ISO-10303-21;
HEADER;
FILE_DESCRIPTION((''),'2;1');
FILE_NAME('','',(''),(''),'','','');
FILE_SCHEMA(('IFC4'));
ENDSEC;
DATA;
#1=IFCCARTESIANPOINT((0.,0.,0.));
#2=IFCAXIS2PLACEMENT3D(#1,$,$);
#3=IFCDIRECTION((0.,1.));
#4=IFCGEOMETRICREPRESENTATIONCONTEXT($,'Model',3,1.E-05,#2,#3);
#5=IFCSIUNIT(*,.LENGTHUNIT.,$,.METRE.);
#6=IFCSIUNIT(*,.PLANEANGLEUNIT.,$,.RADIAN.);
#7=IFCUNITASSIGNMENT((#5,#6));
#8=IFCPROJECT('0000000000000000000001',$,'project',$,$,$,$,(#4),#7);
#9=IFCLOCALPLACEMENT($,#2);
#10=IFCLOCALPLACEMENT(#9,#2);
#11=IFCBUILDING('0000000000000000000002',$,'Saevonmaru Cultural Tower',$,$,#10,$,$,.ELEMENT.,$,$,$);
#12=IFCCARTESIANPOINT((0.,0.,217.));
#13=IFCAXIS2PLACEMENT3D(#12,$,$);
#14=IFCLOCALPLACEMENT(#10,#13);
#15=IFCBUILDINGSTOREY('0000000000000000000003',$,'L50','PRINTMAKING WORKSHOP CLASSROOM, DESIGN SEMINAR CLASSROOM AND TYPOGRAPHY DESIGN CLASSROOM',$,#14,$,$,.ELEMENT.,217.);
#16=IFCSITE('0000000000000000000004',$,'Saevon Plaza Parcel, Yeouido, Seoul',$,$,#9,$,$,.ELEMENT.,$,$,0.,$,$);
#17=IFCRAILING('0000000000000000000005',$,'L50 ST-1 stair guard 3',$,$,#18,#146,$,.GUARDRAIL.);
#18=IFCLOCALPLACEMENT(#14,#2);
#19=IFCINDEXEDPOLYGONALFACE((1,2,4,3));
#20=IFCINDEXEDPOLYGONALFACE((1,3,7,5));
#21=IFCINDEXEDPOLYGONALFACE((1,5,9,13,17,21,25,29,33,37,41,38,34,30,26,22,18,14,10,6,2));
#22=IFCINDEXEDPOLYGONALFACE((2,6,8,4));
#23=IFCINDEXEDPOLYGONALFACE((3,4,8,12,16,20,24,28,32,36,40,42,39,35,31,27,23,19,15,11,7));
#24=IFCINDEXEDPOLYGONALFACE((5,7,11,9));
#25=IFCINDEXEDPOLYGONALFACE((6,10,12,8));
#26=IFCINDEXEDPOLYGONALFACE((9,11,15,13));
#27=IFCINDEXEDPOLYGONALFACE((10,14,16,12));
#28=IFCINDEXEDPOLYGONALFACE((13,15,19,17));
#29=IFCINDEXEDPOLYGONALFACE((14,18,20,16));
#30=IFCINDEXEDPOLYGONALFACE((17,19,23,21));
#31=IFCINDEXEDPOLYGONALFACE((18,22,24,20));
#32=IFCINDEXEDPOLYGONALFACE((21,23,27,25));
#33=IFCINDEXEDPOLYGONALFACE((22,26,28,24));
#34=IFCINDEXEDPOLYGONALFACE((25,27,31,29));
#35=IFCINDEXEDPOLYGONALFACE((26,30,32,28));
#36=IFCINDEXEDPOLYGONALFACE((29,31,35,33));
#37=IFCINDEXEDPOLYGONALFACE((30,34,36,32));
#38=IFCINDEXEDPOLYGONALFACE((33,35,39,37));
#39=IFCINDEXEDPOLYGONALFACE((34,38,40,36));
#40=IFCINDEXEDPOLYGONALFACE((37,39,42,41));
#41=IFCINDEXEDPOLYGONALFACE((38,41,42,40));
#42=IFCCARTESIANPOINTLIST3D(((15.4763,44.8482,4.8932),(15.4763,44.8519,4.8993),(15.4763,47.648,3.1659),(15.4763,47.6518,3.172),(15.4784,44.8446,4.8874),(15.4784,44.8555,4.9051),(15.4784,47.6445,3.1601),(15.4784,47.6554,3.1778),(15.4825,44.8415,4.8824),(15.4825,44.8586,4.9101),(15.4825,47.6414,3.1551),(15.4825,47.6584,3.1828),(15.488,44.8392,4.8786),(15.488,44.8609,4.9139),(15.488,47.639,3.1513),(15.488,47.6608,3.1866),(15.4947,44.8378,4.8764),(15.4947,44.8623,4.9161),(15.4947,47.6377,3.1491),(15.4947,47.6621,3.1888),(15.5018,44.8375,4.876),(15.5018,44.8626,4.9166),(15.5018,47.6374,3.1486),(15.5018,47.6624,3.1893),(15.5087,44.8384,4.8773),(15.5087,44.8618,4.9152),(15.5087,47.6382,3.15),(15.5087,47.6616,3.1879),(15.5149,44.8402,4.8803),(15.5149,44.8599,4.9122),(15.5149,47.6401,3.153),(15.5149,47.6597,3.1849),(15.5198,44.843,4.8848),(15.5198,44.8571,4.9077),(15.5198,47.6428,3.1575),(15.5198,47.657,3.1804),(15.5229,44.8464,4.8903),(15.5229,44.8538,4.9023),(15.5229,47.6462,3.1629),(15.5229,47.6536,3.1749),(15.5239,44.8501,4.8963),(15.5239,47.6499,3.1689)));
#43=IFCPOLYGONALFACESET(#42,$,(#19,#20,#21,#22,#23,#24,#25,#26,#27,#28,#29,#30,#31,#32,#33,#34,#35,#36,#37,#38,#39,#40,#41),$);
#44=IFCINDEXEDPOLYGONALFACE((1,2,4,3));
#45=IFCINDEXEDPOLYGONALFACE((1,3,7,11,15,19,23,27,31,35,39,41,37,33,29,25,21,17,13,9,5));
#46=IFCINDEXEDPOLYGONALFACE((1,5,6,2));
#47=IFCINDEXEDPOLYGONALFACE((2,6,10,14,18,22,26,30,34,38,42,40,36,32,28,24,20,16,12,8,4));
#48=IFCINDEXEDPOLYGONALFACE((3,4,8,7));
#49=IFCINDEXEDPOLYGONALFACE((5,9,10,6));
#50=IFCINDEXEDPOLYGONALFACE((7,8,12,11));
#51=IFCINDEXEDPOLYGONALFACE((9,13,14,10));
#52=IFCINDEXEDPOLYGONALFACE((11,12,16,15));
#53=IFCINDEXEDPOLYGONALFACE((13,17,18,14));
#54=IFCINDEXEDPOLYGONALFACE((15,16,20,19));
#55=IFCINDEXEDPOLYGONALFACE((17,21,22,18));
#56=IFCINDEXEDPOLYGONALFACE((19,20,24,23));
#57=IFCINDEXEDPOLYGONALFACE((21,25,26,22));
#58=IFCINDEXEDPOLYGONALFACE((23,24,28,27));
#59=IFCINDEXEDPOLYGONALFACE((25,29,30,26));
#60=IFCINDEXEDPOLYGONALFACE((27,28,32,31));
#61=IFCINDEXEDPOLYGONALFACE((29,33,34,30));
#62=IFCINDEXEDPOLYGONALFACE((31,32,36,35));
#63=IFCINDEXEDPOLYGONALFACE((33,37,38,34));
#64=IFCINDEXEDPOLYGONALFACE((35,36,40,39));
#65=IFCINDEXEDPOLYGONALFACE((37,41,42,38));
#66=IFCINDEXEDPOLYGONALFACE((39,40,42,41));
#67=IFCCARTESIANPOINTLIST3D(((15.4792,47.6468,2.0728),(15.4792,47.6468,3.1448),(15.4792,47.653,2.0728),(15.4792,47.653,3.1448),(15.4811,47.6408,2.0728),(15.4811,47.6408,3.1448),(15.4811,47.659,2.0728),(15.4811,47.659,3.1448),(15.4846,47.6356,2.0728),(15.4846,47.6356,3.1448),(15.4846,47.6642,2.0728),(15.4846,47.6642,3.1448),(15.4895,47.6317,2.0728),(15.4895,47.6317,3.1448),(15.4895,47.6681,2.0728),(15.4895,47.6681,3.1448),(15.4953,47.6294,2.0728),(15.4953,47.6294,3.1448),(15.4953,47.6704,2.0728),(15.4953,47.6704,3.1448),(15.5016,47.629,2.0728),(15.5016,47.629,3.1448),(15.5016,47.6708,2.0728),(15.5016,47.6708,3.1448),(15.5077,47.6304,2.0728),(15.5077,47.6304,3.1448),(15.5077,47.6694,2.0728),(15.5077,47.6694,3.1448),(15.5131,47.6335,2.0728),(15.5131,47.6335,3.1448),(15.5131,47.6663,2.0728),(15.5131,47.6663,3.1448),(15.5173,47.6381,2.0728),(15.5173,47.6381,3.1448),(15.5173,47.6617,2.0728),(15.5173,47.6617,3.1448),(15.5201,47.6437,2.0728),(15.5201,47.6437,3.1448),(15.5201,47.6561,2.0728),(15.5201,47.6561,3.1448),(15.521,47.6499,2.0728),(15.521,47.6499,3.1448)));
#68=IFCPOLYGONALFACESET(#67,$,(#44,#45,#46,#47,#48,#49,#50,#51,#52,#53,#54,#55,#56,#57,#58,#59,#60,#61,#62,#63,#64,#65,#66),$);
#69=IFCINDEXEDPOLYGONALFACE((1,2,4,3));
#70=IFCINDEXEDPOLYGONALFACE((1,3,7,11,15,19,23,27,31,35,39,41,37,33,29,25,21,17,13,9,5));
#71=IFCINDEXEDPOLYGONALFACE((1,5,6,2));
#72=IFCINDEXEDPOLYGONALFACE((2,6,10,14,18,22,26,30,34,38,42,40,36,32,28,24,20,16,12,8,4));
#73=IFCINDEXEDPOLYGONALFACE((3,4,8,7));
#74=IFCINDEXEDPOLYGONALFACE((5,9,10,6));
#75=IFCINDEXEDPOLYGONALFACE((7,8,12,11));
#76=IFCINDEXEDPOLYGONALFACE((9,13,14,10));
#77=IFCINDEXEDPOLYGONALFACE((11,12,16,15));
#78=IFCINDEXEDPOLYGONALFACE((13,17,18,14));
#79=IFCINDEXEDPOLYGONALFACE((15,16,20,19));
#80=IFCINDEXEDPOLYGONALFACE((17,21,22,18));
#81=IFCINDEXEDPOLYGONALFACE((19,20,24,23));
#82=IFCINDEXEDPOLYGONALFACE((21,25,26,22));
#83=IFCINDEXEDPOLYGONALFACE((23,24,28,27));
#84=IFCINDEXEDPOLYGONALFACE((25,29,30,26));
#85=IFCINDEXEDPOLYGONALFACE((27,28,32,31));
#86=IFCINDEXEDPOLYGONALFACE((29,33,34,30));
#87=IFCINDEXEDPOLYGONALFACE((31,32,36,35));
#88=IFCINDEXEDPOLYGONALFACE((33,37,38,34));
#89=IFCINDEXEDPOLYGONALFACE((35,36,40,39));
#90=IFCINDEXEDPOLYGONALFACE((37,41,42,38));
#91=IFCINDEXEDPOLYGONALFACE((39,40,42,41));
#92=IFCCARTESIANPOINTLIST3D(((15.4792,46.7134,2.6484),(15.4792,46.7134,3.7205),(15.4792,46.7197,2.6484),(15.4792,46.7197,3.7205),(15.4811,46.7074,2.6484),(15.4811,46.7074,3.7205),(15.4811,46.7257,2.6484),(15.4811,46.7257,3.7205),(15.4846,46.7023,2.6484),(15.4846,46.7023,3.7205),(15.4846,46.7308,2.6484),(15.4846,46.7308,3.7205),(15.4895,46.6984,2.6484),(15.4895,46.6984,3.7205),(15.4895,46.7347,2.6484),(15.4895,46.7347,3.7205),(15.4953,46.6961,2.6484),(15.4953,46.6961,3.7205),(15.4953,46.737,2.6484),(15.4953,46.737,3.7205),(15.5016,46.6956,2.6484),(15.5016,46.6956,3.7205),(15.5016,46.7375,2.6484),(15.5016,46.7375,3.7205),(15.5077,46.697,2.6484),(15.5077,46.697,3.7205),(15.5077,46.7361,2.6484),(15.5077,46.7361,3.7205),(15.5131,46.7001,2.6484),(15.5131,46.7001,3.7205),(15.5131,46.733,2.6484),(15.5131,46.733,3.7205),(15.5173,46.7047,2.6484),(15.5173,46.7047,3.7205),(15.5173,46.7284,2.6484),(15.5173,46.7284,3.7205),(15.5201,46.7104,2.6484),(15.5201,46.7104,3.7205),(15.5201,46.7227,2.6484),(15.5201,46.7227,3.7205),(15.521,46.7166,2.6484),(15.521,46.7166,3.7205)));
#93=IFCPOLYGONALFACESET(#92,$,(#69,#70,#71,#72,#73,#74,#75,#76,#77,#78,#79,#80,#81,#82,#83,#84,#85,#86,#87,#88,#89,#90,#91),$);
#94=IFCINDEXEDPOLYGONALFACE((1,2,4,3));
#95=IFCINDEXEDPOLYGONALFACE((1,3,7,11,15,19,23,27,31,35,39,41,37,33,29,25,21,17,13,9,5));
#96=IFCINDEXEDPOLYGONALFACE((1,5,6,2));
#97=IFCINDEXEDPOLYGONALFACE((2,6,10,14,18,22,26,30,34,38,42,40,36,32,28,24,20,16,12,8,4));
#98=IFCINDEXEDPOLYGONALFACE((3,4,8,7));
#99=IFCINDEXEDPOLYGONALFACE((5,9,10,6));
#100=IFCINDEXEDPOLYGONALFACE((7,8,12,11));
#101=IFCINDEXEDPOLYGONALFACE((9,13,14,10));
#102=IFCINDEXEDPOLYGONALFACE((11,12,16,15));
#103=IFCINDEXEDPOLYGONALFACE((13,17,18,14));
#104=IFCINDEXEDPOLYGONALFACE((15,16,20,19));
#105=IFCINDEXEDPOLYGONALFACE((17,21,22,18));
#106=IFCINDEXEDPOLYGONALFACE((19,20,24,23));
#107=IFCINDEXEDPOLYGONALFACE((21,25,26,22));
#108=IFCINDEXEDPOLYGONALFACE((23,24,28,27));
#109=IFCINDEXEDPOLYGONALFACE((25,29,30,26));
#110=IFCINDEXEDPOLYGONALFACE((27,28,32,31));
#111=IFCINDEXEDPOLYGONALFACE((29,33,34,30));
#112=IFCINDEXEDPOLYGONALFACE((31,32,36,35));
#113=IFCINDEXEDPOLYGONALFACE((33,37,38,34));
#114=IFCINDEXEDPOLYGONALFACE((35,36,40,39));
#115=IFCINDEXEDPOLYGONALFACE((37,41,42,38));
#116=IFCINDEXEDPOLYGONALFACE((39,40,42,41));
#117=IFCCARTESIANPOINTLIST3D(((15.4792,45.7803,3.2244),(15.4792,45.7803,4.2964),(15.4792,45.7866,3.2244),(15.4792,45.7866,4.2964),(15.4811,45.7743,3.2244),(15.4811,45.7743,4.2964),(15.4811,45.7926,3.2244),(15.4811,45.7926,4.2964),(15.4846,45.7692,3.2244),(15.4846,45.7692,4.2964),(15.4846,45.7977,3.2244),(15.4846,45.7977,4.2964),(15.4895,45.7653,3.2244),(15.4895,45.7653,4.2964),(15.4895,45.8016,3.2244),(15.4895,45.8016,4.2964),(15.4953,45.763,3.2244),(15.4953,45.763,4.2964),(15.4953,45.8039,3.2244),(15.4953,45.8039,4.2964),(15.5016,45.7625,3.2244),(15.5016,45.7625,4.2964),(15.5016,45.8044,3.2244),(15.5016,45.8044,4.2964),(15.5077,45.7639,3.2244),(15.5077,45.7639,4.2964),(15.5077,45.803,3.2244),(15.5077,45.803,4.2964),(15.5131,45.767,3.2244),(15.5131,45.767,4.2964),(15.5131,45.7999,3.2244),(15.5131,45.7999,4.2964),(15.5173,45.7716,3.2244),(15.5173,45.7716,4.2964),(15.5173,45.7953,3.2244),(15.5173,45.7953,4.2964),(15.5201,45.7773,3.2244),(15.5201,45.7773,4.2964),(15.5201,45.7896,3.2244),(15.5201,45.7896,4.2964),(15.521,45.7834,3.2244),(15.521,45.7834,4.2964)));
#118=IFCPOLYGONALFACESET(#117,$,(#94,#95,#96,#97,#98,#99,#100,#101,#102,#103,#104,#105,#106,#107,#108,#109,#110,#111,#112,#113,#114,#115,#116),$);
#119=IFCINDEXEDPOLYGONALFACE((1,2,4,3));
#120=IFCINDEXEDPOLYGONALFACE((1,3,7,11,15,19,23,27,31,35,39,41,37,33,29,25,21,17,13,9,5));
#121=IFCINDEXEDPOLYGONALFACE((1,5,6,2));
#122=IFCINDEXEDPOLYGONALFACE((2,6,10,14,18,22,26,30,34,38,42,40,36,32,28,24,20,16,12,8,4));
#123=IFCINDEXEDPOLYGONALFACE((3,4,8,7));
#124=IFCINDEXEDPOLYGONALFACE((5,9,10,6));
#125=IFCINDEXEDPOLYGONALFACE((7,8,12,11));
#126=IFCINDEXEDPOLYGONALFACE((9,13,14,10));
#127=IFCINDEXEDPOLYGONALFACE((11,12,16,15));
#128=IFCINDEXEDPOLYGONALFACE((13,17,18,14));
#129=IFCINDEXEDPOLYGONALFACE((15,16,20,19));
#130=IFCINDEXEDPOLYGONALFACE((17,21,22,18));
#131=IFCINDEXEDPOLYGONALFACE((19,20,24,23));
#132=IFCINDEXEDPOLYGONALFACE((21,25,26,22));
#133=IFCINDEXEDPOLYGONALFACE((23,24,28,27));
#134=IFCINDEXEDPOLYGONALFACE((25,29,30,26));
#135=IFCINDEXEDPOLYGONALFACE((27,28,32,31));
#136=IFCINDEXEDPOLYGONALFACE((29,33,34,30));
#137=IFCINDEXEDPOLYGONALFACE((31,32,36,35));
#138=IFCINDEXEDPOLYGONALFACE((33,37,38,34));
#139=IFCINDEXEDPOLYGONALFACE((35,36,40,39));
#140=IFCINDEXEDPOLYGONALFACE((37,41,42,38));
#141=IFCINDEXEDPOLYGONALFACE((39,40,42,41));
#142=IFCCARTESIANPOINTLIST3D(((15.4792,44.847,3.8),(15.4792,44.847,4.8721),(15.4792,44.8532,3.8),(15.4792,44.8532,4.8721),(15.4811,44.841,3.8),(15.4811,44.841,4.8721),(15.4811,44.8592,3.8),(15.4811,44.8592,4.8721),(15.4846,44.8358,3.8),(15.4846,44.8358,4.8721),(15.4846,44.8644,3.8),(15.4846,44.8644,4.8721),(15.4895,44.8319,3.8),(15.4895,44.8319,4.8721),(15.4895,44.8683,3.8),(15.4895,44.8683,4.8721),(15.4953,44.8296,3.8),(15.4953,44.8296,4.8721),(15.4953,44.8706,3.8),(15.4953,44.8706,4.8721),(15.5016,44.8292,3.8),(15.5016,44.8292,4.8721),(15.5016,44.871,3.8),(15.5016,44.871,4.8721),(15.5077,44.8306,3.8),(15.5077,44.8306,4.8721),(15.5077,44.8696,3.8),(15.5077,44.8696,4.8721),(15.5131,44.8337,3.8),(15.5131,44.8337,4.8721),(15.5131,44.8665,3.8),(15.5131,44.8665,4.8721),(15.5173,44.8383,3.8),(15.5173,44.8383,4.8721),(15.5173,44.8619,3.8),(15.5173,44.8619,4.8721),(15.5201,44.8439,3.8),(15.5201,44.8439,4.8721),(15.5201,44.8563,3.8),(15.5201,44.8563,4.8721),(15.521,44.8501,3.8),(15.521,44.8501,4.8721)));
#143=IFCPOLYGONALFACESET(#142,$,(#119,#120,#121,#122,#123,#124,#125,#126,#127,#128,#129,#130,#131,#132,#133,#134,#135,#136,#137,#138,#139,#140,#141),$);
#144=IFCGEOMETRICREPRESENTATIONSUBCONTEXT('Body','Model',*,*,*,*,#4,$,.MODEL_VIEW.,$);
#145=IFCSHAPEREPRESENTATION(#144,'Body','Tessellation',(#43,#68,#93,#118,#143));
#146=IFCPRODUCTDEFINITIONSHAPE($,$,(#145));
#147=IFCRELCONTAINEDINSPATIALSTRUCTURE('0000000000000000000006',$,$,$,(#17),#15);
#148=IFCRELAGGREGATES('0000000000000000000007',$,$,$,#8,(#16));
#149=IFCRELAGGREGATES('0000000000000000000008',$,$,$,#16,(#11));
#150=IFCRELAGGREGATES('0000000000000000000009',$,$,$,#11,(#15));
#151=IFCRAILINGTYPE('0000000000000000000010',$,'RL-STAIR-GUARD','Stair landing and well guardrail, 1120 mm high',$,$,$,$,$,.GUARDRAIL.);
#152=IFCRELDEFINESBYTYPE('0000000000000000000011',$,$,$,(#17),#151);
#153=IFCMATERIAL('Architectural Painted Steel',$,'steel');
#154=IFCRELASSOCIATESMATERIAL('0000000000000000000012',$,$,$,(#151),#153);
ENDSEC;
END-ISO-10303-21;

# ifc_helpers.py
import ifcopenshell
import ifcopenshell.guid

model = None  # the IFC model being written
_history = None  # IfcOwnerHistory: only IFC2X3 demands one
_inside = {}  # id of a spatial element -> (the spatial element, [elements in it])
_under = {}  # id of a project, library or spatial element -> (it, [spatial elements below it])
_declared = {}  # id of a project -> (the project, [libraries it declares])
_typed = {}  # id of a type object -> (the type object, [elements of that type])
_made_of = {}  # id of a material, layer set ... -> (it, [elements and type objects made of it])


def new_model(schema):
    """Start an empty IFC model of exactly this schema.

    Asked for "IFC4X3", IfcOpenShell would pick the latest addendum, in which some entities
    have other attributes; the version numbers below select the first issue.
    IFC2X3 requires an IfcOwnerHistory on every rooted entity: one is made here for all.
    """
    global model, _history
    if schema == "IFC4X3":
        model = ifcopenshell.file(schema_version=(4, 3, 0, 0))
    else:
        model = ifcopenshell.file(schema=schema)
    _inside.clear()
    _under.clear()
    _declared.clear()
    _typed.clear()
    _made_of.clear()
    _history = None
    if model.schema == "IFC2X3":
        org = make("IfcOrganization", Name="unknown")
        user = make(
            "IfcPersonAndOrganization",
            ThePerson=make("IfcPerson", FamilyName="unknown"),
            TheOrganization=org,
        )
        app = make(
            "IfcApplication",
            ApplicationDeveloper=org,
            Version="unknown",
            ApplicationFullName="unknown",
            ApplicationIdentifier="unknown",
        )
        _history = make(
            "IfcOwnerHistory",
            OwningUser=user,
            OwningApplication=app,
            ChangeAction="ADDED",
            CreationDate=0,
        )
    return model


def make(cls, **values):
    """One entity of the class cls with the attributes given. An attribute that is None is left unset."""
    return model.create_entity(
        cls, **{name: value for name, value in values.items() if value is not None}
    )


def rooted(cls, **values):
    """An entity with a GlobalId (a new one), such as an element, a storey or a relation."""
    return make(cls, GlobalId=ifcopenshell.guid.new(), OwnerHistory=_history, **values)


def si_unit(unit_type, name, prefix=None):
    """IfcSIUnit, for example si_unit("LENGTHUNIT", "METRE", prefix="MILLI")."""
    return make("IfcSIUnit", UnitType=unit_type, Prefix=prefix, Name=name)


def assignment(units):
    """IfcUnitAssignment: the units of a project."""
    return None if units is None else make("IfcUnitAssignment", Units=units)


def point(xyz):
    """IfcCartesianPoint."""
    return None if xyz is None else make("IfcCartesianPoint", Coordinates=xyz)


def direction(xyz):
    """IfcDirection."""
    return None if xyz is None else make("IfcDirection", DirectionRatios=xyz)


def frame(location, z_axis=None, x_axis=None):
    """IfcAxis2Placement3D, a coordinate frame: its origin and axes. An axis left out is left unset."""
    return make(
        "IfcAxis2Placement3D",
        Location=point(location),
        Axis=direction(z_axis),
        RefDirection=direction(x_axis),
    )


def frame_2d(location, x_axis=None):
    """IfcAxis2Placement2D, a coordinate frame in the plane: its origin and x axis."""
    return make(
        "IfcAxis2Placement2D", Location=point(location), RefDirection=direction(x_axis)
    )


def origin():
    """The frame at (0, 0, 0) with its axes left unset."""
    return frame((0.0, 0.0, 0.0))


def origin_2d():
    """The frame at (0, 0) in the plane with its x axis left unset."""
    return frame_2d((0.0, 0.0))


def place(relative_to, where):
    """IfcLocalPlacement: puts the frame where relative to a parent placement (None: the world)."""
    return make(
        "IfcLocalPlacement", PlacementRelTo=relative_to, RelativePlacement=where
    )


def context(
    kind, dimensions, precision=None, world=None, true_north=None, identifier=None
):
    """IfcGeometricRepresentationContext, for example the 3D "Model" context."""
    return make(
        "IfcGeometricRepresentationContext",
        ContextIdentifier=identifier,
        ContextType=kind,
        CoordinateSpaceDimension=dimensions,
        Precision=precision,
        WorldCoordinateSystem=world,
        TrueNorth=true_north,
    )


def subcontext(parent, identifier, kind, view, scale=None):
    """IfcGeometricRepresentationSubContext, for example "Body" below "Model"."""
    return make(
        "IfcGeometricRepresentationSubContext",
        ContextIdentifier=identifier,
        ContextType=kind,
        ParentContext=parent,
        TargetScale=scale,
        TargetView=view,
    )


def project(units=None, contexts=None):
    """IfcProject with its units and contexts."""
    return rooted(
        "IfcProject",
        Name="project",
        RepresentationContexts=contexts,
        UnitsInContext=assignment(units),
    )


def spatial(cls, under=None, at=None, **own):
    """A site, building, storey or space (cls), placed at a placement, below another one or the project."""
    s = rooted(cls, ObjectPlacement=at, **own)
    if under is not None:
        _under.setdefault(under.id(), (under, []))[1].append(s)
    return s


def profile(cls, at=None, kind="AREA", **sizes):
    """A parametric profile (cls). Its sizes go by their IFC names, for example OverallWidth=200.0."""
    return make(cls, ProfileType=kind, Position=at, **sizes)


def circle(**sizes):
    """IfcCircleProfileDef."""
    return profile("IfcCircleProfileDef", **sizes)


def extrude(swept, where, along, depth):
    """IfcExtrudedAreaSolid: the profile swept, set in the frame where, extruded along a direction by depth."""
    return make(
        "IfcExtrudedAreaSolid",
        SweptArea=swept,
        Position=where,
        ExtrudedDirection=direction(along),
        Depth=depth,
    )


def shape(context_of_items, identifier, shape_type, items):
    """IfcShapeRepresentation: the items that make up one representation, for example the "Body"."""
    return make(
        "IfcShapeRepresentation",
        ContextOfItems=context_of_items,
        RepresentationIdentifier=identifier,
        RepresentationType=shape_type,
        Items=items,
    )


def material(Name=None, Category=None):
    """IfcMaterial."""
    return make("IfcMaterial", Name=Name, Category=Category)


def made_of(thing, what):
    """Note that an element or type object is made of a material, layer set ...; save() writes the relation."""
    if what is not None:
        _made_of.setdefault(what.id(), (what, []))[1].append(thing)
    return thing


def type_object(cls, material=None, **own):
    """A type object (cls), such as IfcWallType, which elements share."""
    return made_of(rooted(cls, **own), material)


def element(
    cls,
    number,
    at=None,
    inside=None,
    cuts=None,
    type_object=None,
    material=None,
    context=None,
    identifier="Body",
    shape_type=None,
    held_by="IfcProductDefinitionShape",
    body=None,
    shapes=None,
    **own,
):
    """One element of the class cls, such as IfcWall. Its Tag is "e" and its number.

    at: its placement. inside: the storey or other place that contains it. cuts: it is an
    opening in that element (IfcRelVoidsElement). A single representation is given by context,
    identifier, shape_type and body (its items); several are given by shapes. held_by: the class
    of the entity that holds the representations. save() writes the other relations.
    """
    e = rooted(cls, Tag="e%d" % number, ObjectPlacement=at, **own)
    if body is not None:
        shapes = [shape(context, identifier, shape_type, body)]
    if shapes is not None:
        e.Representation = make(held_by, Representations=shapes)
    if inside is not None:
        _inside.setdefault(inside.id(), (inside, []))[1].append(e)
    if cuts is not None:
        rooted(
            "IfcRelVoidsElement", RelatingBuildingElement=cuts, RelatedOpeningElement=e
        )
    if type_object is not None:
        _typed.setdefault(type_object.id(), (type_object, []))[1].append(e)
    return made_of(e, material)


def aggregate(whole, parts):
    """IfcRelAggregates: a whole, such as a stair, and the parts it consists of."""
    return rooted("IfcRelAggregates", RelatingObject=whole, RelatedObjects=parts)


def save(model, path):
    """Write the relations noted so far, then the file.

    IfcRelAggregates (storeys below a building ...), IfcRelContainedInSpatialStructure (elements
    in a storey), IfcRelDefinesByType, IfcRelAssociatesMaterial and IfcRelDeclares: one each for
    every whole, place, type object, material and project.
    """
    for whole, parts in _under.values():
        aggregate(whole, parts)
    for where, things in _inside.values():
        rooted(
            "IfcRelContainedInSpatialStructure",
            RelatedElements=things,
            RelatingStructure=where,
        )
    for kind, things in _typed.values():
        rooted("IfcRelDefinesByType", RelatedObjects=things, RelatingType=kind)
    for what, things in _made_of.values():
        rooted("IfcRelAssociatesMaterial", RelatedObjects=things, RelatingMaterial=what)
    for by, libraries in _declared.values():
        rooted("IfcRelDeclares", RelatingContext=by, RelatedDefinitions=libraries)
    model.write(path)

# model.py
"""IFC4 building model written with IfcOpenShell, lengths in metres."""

from ifc_helpers import new_model, si_unit, direction, frame, origin, origin_2d, place, context, subcontext, project, spatial, circle, extrude, material, type_object, element, save


model = new_model("IFC4")

# Units and contexts
model_context = context("Model", 3, precision=1e-05, world=origin(), true_north=direction((0.0, 1.0)))
body_context = subcontext(model_context, "Body", "Model", "MODEL_VIEW")
ifc_project = project(units=[si_unit("LENGTHUNIT", "METRE"), si_unit("PLANEANGLEUNIT", "RADIAN")], contexts=[model_context])

# Site, building, storey
site_placement = place(None, origin())
site = spatial("IfcSite", under=ifc_project, at=site_placement, Name="Saevon Plaza Parcel, Yeouido, Seoul", CompositionType="ELEMENT", RefElevation=0.0)
building_placement = place(site_placement, origin())
building = spatial("IfcBuilding", under=site, at=building_placement, Name="Saevonmaru Cultural Tower", CompositionType="ELEMENT")
storey_placement = place(building_placement, frame((0.0, 0.0, 217.0)))
storey = spatial("IfcBuildingStorey", under=building, at=storey_placement, Name="L50", Description="PRINTMAKING WORKSHOP CLASSROOM, DESIGN SEMINAR CLASSROOM AND TYPOGRAPHY DESIGN CLASSROOM", CompositionType="ELEMENT", Elevation=217.0)

# Railing
ifc_material_1 = material(Name="Architectural Painted Steel", Category="steel")
railing_type_1 = type_object("IfcRailingType", Name="RL-STAIR-GUARD", Description="Stair landing and well guardrail, 1120 mm high", PredefinedType="GUARDRAIL", material=ifc_material_1)
railing_1_placement = place(storey_placement, frame((15.5, 47.6499, 2.0728)))
element("IfcRailing", 1, at=railing_1_placement, inside=storey, type_object=railing_type_1, Name="L50 ST-1 stair guard 3", PredefinedType="GUARDRAIL", context=body_context, shape_type="SweptSolid", body=[
    extrude(circle(Radius=0.0239, at=origin_2d()), frame((0.0, 0.0, 1.0962), z_axis=(0.0, -0.851069, 0.525054), x_axis=(1.0, 0.0, 0.0)), (0.0, 0.0, 1.0), 3.2898),
    extrude(circle(Radius=0.021, at=origin_2d()), origin(), (0.0, 0.0, 1.0), 1.072),
    extrude(circle(Radius=0.021, at=origin_2d()), frame((0.0, -0.9333, 0.5757)), (0.0, 0.0, 1.0), 1.072),
    extrude(circle(Radius=0.021, at=origin_2d()), frame((0.0, -1.8665, 1.1516)), (0.0, 0.0, 1.0), 1.072),
    extrude(circle(Radius=0.021, at=origin_2d()), frame((0.0, -2.7998, 1.7273)), (0.0, 0.0, 1.0), 1.072),
])

save(model, "model.ifc")
